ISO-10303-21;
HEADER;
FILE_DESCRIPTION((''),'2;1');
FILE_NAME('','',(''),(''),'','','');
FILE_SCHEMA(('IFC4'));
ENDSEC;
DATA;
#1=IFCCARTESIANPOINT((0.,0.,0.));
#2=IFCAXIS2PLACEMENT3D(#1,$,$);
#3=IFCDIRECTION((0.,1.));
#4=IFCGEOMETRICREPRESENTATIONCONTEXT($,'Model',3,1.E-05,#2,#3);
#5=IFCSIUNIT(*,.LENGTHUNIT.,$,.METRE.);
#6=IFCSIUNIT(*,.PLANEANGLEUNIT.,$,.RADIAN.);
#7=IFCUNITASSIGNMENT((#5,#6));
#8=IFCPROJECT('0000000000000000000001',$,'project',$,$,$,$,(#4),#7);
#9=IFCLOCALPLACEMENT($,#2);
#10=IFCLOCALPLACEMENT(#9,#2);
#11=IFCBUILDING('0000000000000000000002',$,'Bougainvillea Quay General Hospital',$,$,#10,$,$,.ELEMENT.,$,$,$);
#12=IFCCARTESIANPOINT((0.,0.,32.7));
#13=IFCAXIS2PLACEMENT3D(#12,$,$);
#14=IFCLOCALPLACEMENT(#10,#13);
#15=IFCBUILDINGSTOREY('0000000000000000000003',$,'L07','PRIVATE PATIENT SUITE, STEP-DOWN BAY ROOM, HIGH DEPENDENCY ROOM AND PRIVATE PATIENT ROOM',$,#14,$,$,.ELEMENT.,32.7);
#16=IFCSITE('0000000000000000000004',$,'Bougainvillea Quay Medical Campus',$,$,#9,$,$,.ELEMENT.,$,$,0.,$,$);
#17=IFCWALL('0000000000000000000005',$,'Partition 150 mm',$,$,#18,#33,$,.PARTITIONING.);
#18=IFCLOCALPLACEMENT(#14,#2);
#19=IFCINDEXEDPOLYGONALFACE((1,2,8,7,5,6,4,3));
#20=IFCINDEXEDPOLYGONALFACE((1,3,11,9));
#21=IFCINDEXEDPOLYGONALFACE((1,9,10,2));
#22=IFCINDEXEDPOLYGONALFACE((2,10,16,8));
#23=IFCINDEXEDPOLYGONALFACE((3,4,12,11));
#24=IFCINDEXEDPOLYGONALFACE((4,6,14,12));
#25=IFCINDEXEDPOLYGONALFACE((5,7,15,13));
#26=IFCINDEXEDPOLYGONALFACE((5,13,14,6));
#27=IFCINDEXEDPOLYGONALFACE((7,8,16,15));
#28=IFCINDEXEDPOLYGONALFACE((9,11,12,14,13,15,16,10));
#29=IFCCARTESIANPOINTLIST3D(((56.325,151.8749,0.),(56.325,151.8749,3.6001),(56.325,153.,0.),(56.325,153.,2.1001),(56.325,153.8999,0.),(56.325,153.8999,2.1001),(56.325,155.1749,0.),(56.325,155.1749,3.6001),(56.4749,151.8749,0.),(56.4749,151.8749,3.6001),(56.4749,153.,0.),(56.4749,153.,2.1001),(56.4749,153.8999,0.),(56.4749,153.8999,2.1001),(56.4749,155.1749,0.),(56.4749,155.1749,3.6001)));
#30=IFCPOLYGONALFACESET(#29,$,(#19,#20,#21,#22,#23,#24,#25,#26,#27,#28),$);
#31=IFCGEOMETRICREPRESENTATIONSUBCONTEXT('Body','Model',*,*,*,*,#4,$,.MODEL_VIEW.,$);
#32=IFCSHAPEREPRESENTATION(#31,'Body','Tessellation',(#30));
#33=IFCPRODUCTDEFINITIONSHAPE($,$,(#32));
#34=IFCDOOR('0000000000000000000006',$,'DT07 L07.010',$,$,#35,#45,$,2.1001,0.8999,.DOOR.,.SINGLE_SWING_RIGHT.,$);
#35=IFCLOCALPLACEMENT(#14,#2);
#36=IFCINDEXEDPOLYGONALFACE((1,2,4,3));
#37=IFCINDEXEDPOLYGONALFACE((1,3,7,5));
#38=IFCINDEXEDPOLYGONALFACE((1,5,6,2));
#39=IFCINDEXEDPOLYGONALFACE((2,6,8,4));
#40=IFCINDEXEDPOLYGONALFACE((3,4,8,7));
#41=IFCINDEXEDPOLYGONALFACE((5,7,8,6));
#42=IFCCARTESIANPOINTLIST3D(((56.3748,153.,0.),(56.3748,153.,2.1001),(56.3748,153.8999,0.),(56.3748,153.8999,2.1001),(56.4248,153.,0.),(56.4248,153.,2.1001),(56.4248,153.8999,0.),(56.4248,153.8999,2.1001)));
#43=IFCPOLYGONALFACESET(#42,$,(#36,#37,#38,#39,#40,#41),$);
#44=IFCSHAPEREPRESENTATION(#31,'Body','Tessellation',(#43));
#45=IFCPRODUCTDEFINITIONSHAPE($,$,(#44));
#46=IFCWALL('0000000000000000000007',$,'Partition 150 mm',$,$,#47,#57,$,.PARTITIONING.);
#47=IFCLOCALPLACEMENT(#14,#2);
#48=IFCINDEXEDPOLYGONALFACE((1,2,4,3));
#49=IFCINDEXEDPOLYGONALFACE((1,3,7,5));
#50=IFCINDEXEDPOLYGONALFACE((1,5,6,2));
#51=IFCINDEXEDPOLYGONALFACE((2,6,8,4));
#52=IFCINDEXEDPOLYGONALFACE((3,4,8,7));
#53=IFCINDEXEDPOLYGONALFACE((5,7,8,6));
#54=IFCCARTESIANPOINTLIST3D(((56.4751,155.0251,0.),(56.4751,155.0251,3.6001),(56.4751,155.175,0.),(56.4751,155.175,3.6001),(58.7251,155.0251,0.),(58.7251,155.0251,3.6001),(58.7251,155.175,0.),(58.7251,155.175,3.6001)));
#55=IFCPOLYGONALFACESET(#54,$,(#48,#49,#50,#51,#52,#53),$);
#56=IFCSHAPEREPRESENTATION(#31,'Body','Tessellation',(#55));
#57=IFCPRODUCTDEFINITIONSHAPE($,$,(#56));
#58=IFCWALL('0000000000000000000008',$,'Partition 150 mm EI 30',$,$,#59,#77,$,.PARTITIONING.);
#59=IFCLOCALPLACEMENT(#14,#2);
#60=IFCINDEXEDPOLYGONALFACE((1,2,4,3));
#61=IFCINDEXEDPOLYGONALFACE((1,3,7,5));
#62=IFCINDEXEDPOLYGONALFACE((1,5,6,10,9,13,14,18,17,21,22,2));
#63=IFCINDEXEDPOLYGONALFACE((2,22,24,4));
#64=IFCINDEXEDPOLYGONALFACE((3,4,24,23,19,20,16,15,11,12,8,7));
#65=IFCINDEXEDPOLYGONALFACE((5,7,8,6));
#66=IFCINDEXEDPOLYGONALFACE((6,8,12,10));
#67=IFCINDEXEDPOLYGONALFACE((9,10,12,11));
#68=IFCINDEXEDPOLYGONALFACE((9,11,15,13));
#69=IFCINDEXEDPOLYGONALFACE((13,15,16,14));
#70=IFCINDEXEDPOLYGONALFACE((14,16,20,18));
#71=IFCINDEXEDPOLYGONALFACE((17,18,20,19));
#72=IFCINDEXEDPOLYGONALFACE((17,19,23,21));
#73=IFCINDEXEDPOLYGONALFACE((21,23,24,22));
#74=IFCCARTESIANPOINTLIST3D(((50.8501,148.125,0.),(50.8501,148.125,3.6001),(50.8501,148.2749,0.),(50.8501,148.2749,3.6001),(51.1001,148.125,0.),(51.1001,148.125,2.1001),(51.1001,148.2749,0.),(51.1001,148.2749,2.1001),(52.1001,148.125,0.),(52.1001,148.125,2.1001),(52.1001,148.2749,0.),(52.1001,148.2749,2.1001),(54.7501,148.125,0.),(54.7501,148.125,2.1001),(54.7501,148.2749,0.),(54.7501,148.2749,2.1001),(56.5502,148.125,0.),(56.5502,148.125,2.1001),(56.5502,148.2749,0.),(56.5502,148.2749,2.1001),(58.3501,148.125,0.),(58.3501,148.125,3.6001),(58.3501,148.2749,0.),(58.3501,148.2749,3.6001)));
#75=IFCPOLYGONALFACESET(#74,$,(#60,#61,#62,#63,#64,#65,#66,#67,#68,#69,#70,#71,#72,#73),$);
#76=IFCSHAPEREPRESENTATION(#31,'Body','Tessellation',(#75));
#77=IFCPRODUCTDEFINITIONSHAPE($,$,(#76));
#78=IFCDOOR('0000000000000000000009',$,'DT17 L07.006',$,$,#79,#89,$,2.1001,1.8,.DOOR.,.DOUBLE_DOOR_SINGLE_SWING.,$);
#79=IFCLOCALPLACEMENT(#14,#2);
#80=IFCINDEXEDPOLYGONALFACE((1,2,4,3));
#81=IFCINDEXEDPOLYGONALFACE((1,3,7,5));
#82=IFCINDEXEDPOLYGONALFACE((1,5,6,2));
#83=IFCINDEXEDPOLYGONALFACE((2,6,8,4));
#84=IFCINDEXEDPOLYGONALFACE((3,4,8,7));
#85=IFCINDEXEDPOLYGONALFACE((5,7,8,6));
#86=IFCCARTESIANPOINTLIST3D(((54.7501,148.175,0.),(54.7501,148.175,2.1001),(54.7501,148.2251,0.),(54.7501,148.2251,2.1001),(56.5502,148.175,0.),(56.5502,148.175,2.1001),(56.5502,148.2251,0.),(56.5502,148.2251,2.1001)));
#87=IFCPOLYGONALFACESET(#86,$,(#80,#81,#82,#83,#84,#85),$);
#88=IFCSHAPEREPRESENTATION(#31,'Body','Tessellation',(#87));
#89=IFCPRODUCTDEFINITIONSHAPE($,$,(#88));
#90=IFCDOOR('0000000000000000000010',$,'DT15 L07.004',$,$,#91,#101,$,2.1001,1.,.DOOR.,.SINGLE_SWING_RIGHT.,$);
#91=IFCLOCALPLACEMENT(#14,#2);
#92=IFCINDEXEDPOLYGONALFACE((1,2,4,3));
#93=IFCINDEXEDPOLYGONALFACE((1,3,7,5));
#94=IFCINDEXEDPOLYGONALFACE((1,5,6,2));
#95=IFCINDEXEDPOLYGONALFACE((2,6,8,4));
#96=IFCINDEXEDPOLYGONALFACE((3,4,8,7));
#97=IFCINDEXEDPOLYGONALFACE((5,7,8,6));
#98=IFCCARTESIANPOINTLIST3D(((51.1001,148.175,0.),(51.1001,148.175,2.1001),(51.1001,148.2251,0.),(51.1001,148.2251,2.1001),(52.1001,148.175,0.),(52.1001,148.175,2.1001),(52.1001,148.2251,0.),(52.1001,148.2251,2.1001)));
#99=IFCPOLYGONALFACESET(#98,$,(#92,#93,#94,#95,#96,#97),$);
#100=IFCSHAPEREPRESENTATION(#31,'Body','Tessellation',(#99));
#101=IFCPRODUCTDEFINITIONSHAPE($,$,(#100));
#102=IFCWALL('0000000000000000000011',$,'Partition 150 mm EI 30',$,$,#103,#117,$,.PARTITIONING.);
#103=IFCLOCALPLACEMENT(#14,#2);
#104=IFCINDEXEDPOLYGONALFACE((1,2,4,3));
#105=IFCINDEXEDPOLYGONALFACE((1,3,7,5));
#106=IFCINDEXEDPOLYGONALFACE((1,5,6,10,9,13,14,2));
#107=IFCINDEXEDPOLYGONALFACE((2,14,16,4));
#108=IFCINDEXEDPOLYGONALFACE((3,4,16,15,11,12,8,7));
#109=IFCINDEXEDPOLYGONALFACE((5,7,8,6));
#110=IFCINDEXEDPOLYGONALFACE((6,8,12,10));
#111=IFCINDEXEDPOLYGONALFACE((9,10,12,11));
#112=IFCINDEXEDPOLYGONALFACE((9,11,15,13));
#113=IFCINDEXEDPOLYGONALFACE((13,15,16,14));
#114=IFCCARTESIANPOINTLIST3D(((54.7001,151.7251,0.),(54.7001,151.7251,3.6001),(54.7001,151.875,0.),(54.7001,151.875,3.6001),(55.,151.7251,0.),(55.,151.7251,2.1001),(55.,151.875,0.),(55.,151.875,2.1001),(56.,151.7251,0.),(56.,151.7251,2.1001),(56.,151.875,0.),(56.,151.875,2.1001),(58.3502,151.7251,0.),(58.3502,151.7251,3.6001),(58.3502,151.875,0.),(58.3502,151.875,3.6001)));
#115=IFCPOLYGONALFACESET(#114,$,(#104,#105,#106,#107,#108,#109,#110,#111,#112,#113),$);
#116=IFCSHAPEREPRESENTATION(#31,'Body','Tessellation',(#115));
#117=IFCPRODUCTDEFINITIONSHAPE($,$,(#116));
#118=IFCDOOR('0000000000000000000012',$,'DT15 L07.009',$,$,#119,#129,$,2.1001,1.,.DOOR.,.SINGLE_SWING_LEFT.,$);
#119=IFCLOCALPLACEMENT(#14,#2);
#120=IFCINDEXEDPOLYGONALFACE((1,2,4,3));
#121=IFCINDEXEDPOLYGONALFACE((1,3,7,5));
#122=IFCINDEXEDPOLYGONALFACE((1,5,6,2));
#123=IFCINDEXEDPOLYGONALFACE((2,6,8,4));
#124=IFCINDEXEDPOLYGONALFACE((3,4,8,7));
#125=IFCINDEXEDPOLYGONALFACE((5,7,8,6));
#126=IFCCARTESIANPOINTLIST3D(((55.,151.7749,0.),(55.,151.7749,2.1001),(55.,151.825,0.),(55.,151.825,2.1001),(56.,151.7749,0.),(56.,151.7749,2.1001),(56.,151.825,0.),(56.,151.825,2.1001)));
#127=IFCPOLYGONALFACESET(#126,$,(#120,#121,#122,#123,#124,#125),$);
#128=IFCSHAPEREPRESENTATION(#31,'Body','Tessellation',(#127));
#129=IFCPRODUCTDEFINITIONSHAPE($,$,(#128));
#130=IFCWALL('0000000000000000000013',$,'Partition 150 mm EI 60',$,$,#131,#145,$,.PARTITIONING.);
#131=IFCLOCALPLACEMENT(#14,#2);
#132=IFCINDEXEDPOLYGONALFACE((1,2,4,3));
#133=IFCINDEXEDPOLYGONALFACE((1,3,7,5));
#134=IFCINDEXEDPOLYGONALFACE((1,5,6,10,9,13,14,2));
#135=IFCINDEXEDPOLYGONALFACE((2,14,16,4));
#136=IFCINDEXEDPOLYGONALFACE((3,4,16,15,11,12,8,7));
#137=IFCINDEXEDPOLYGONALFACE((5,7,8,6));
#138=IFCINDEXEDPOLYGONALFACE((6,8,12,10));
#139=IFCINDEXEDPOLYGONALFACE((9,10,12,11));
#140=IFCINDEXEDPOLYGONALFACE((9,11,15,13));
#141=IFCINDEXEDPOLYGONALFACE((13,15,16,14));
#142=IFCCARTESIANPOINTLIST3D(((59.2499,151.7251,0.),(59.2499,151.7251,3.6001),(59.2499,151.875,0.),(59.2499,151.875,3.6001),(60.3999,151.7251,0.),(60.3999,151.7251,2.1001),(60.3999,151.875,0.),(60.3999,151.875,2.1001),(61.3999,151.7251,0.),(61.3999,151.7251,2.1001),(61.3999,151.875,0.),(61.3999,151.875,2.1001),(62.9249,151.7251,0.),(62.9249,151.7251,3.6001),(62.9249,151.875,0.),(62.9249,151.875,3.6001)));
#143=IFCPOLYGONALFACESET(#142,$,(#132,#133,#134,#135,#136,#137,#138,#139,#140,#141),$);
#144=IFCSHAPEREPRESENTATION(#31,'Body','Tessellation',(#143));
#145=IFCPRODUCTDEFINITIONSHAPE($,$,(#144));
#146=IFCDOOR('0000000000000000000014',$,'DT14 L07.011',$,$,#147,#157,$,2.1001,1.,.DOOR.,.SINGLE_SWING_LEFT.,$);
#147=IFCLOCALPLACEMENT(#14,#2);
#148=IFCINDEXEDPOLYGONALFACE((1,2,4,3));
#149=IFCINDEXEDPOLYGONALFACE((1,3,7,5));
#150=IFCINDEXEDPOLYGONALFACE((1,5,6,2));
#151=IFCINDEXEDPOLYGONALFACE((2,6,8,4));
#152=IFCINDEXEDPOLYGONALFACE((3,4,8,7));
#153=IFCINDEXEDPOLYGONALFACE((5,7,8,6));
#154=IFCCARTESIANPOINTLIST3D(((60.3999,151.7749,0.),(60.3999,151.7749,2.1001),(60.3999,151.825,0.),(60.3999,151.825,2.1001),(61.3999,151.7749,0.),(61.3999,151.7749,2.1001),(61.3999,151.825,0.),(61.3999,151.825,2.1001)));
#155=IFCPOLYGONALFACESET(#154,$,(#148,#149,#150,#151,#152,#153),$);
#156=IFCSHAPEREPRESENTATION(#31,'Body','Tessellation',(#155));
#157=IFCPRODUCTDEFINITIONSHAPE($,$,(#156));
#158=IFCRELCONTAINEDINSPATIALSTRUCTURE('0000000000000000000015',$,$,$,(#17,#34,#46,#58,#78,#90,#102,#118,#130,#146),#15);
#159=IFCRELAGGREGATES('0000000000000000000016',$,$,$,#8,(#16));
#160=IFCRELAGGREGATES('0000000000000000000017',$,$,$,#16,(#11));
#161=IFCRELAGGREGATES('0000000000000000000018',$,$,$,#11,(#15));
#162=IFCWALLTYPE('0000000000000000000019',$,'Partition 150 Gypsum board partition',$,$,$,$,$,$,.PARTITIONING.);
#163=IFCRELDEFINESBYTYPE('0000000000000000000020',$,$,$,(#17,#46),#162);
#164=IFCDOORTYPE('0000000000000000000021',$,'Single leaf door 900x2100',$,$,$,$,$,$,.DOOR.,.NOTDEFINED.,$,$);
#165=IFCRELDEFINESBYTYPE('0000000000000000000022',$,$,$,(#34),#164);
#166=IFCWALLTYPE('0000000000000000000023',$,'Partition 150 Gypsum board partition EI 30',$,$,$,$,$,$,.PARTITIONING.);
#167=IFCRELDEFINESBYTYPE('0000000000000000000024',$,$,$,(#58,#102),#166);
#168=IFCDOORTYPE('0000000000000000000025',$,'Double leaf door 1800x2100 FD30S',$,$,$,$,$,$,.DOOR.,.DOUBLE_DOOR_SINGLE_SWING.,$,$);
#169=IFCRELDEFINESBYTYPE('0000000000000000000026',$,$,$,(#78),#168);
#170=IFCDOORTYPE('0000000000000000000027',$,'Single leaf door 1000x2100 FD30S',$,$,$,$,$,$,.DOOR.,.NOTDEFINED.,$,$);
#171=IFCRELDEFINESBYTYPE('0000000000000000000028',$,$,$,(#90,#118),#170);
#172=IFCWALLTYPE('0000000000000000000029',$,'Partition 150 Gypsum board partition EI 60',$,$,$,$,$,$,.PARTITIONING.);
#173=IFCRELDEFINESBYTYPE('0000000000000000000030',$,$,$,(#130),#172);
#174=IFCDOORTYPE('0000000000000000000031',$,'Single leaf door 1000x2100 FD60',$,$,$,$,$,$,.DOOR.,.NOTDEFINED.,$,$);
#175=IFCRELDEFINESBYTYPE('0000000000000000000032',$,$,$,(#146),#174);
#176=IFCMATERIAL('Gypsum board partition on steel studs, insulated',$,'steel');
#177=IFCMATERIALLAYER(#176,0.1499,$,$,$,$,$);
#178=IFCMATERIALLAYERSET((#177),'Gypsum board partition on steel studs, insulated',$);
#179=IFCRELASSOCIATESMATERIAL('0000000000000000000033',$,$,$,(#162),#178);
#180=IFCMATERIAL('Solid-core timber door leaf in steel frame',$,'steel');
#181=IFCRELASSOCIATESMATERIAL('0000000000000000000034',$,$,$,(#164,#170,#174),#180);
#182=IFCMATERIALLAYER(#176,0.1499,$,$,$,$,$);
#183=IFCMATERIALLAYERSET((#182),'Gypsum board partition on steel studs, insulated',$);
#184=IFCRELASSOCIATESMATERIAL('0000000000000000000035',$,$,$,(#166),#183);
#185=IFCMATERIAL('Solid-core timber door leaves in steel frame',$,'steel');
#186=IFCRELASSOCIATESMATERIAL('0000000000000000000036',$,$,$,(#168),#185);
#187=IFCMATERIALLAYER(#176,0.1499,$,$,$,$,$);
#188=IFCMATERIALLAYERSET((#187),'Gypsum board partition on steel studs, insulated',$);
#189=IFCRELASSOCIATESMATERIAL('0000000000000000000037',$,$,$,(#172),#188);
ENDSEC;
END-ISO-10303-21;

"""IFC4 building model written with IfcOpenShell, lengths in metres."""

from ifc_helpers import new_model, si_unit, direction, frame, frame_2d, origin, place, context, subcontext, project, spatial, rectangle, extrude, material, layer, layer_set, type_object, element, fill, save


model = new_model("IFC4")

# Units and contexts
model_context = context("Model", 3, precision=1e-05, world=origin(), true_north=direction((0.0, 1.0)))
body_context = subcontext(model_context, "Body", "Model", "MODEL_VIEW")
ifc_project = project(units=[si_unit("LENGTHUNIT", "METRE"), si_unit("PLANEANGLEUNIT", "RADIAN")], contexts=[model_context])

# Site, building, storey
site_placement = place(None, origin())
site = spatial("IfcSite", under=ifc_project, at=site_placement, Name="Bougainvillea Quay Medical Campus", CompositionType="ELEMENT", RefElevation=0.0)
building_placement = place(site_placement, origin())
building = spatial("IfcBuilding", under=site, at=building_placement, Name="Bougainvillea Quay General Hospital", CompositionType="ELEMENT")
storey_placement = place(building_placement, frame((0.0, 0.0, 32.7)))
storey = spatial("IfcBuildingStorey", under=building, at=storey_placement, Name="L07", Description="PRIVATE PATIENT SUITE, STEP-DOWN BAY ROOM, HIGH DEPENDENCY ROOM AND PRIVATE PATIENT ROOM", CompositionType="ELEMENT", Elevation=32.7)

# Shared definitions
ifc_material_1 = material(Name="Gypsum board partition on steel studs, insulated", Category="steel")
ifc_layer_1 = layer(ifc_material_1, 0.1499)
ifc_layer_set_1 = layer_set([ifc_layer_1], Name="Gypsum board partition on steel studs, insulated")
wall_type_1 = type_object("IfcWallType", Name="Partition 150 Gypsum board partition", PredefinedType="PARTITIONING", material=ifc_layer_set_1)

# Wall, opening, door
wall_1_placement = place(storey_placement, frame((56.3999, 151.875, 0.0), z_axis=(0.0, 0.0, 1.0), x_axis=(0.0, 1.0, 0.0)))
wall_1 = element("IfcWall", 1, at=wall_1_placement, inside=storey, type_object=wall_type_1, Name="Partition 150 mm", PredefinedType="PARTITIONING", context=body_context, shape_type="SweptSolid", body=[
    extrude(rectangle(XDim=3.3, YDim=0.1499, at=frame_2d((1.6499, 0.0))), origin(), (0.0, 0.0, 1.0), 3.6001),
])
opening_1_placement = place(wall_1_placement, frame((1.125, 0.0, 0.0)))
opening_1 = element("IfcOpeningElement", 2, at=opening_1_placement, cuts=wall_1, PredefinedType="OPENING", context=body_context, shape_type="SweptSolid", body=[
    extrude(rectangle(XDim=0.8999, YDim=2.1001, at=frame_2d((0.45, 1.05))), frame((0.0, 0.085, 0.0), z_axis=(0.0, -1.0, 0.0), x_axis=(1.0, 0.0, 0.0)), (0.0, 0.0, 1.0), 0.1699),
])
ifc_material_2 = material(Name="Solid-core timber door leaf in steel frame", Category="steel")
door_type_1 = type_object("IfcDoorType", Name="Single leaf door 900x2100", OperationType="NOTDEFINED", PredefinedType="DOOR", material=ifc_material_2)
door_1_placement = place(opening_1_placement, frame((0.8999, 0.0, 0.0), z_axis=(0.0, 0.0, 1.0), x_axis=(-1.0, 0.0, 0.0)))
door_1 = element("IfcDoor", 3, at=door_1_placement, inside=storey, type_object=door_type_1, Name="DT07 L07.010", OperationType="SINGLE_SWING_RIGHT", OverallHeight=2.1001, OverallWidth=0.8999, PredefinedType="DOOR", context=body_context, shape_type="SweptSolid", body=[
    extrude(rectangle(XDim=0.8999, YDim=2.1001, at=frame_2d((0.45, 1.05))), frame((0.0, 0.0249, 0.0), z_axis=(0.0, -1.0, 0.0), x_axis=(1.0, 0.0, 0.0)), (0.0, 0.0, 1.0), 0.05),
])
fill(opening_1, door_1)

# Wall
wall_2_placement = place(storey_placement, frame((56.4751, 155.1001, 0.0), z_axis=(0.0, 0.0, 1.0), x_axis=(1.0, 0.0, 0.0)))
element("IfcWall", 4, at=wall_2_placement, inside=storey, type_object=wall_type_1, Name="Partition 150 mm", PredefinedType="PARTITIONING", context=body_context, shape_type="SweptSolid", body=[
    extrude(rectangle(XDim=2.25, YDim=0.1499, at=frame_2d((1.125, 0.0))), origin(), (0.0, 0.0, 1.0), 3.6001),
])

# Wall, openings, doors
ifc_layer_2 = layer(ifc_material_1, 0.1499)
ifc_layer_set_2 = layer_set([ifc_layer_2], Name="Gypsum board partition on steel studs, insulated")
wall_type_2 = type_object("IfcWallType", Name="Partition 150 Gypsum board partition EI 30", PredefinedType="PARTITIONING", material=ifc_layer_set_2)
wall_3_placement = place(storey_placement, frame((58.3501, 148.2, 0.0), z_axis=(0.0, 0.0, 1.0), x_axis=(-1.0, 0.0, 0.0)))
wall_3 = element("IfcWall", 5, at=wall_3_placement, inside=storey, type_object=wall_type_2, Name="Partition 150 mm EI 30", PredefinedType="PARTITIONING", context=body_context, shape_type="SweptSolid", body=[
    extrude(rectangle(XDim=7.5, YDim=0.1499, at=frame_2d((3.75, 0.0))), origin(), (0.0, 0.0, 1.0), 3.6001),
])
opening_2_placement = place(wall_3_placement, frame((6.25, 0.0, 0.0)))
opening_2 = element("IfcOpeningElement", 6, at=opening_2_placement, cuts=wall_3, PredefinedType="OPENING", context=body_context, shape_type="SweptSolid", body=[
    extrude(rectangle(XDim=1.0, YDim=2.1001, at=frame_2d((0.5, 1.05))), frame((0.0, 0.085, 0.0), z_axis=(0.0, -1.0, 0.0), x_axis=(1.0, 0.0, 0.0)), (0.0, 0.0, 1.0), 0.1699),
])
opening_3_placement = place(wall_3_placement, frame((1.8, 0.0, 0.0)))
opening_3 = element("IfcOpeningElement", 7, at=opening_3_placement, cuts=wall_3, PredefinedType="OPENING", context=body_context, shape_type="SweptSolid", body=[
    extrude(rectangle(XDim=1.8, YDim=2.1001, at=frame_2d((0.8999, 1.05))), frame((0.0, 0.085, 0.0), z_axis=(0.0, -1.0, 0.0), x_axis=(1.0, 0.0, 0.0)), (0.0, 0.0, 1.0), 0.1699),
])
ifc_material_3 = material(Name="Solid-core timber door leaves in steel frame", Category="steel")
door_type_2 = type_object("IfcDoorType", Name="Double leaf door 1800x2100 FD30S", OperationType="DOUBLE_DOOR_SINGLE_SWING", PredefinedType="DOOR", material=ifc_material_3)
door_2_placement = place(opening_3_placement, origin())
door_2 = element("IfcDoor", 8, at=door_2_placement, inside=storey, type_object=door_type_2, Name="DT17 L07.006", OperationType="DOUBLE_DOOR_SINGLE_SWING", OverallHeight=2.1001, OverallWidth=1.8, PredefinedType="DOOR", context=body_context, shape_type="SweptSolid", body=[
    extrude(rectangle(XDim=1.8, YDim=2.1001, at=frame_2d((0.8999, 1.05))), frame((0.0, 0.0249, 0.0), z_axis=(0.0, -1.0, 0.0), x_axis=(1.0, 0.0, 0.0)), (0.0, 0.0, 1.0), 0.05),
])
fill(opening_3, door_2)
door_type_3 = type_object("IfcDoorType", Name="Single leaf door 1000x2100 FD30S", OperationType="NOTDEFINED", PredefinedType="DOOR", material=ifc_material_2)
door_3_placement = place(opening_2_placement, origin())
door_3 = element("IfcDoor", 9, at=door_3_placement, inside=storey, type_object=door_type_3, Name="DT15 L07.004", OperationType="SINGLE_SWING_RIGHT", OverallHeight=2.1001, OverallWidth=1.0, PredefinedType="DOOR", context=body_context, shape_type="SweptSolid", body=[
    extrude(rectangle(XDim=1.0, YDim=2.1001, at=frame_2d((0.5, 1.05))), frame((0.0, 0.0249, 0.0), z_axis=(0.0, -1.0, 0.0), x_axis=(1.0, 0.0, 0.0)), (0.0, 0.0, 1.0), 0.05),
])
fill(opening_2, door_3)

# Walls, openings, doors
wall_4_placement = place(storey_placement, frame((54.7, 151.8, 0.0), z_axis=(0.0, 0.0, 1.0), x_axis=(1.0, 0.0, 0.0)))
wall_4 = element("IfcWall", 10, at=wall_4_placement, inside=storey, type_object=wall_type_2, Name="Partition 150 mm EI 30", PredefinedType="PARTITIONING", context=body_context, shape_type="SweptSolid", body=[
    extrude(rectangle(XDim=3.6501, YDim=0.1499, at=frame_2d((1.8252, 0.0))), origin(), (0.0, 0.0, 1.0), 3.6001),
])
opening_4_placement = place(wall_4_placement, frame((0.3, 0.0, 0.0)))
opening_4 = element("IfcOpeningElement", 11, at=opening_4_placement, cuts=wall_4, PredefinedType="OPENING", context=body_context, shape_type="SweptSolid", body=[
    extrude(rectangle(XDim=1.0, YDim=2.1001, at=frame_2d((0.5, 1.05))), frame((0.0, 0.085, 0.0), z_axis=(0.0, -1.0, 0.0), x_axis=(1.0, 0.0, 0.0)), (0.0, 0.0, 1.0), 0.1699),
])
door_4_placement = place(opening_4_placement, origin())
door_4 = element("IfcDoor", 12, at=door_4_placement, inside=storey, type_object=door_type_3, Name="DT15 L07.009", OperationType="SINGLE_SWING_LEFT", OverallHeight=2.1001, OverallWidth=1.0, PredefinedType="DOOR", context=body_context, shape_type="SweptSolid", body=[
    extrude(rectangle(XDim=1.0, YDim=2.1001, at=frame_2d((0.5, 1.05))), frame((0.0, 0.0249, 0.0), z_axis=(0.0, -1.0, 0.0), x_axis=(1.0, 0.0, 0.0)), (0.0, 0.0, 1.0), 0.05),
])
fill(opening_4, door_4)
ifc_layer_3 = layer(ifc_material_1, 0.1499)
ifc_layer_set_3 = layer_set([ifc_layer_3], Name="Gypsum board partition on steel studs, insulated")
wall_type_3 = type_object("IfcWallType", Name="Partition 150 Gypsum board partition EI 60", PredefinedType="PARTITIONING", material=ifc_layer_set_3)
wall_5_placement = place(storey_placement, frame((59.25, 151.8, 0.0), z_axis=(0.0, 0.0, 1.0), x_axis=(1.0, 0.0, 0.0)))
wall_5 = element("IfcWall", 13, at=wall_5_placement, inside=storey, type_object=wall_type_3, Name="Partition 150 mm EI 60", PredefinedType="PARTITIONING", context=body_context, shape_type="SweptSolid", body=[
    extrude(rectangle(XDim=3.675, YDim=0.1499, at=frame_2d((1.8374, 0.0))), origin(), (0.0, 0.0, 1.0), 3.6001),
])
opening_5_placement = place(wall_5_placement, frame((1.1499, 0.0, 0.0)))
opening_5 = element("IfcOpeningElement", 14, at=opening_5_placement, cuts=wall_5, PredefinedType="OPENING", context=body_context, shape_type="SweptSolid", body=[
    extrude(rectangle(XDim=1.0, YDim=2.1001, at=frame_2d((0.5, 1.05))), frame((0.0, 0.085, 0.0), z_axis=(0.0, -1.0, 0.0), x_axis=(1.0, 0.0, 0.0)), (0.0, 0.0, 1.0), 0.1699),
])
door_type_4 = type_object("IfcDoorType", Name="Single leaf door 1000x2100 FD60", OperationType="NOTDEFINED", PredefinedType="DOOR", material=ifc_material_2)
door_5_placement = place(opening_5_placement, origin())
door_5 = element("IfcDoor", 15, at=door_5_placement, inside=storey, type_object=door_type_4, Name="DT14 L07.011", OperationType="SINGLE_SWING_LEFT", OverallHeight=2.1001, OverallWidth=1.0, PredefinedType="DOOR", context=body_context, shape_type="SweptSolid", body=[
    extrude(rectangle(XDim=1.0, YDim=2.1001, at=frame_2d((0.5, 1.05))), frame((0.0, 0.0249, 0.0), z_axis=(0.0, -1.0, 0.0), x_axis=(1.0, 0.0, 0.0)), (0.0, 0.0, 1.0), 0.05),
])
fill(opening_5, door_5)

save(model, "model.ifc")
